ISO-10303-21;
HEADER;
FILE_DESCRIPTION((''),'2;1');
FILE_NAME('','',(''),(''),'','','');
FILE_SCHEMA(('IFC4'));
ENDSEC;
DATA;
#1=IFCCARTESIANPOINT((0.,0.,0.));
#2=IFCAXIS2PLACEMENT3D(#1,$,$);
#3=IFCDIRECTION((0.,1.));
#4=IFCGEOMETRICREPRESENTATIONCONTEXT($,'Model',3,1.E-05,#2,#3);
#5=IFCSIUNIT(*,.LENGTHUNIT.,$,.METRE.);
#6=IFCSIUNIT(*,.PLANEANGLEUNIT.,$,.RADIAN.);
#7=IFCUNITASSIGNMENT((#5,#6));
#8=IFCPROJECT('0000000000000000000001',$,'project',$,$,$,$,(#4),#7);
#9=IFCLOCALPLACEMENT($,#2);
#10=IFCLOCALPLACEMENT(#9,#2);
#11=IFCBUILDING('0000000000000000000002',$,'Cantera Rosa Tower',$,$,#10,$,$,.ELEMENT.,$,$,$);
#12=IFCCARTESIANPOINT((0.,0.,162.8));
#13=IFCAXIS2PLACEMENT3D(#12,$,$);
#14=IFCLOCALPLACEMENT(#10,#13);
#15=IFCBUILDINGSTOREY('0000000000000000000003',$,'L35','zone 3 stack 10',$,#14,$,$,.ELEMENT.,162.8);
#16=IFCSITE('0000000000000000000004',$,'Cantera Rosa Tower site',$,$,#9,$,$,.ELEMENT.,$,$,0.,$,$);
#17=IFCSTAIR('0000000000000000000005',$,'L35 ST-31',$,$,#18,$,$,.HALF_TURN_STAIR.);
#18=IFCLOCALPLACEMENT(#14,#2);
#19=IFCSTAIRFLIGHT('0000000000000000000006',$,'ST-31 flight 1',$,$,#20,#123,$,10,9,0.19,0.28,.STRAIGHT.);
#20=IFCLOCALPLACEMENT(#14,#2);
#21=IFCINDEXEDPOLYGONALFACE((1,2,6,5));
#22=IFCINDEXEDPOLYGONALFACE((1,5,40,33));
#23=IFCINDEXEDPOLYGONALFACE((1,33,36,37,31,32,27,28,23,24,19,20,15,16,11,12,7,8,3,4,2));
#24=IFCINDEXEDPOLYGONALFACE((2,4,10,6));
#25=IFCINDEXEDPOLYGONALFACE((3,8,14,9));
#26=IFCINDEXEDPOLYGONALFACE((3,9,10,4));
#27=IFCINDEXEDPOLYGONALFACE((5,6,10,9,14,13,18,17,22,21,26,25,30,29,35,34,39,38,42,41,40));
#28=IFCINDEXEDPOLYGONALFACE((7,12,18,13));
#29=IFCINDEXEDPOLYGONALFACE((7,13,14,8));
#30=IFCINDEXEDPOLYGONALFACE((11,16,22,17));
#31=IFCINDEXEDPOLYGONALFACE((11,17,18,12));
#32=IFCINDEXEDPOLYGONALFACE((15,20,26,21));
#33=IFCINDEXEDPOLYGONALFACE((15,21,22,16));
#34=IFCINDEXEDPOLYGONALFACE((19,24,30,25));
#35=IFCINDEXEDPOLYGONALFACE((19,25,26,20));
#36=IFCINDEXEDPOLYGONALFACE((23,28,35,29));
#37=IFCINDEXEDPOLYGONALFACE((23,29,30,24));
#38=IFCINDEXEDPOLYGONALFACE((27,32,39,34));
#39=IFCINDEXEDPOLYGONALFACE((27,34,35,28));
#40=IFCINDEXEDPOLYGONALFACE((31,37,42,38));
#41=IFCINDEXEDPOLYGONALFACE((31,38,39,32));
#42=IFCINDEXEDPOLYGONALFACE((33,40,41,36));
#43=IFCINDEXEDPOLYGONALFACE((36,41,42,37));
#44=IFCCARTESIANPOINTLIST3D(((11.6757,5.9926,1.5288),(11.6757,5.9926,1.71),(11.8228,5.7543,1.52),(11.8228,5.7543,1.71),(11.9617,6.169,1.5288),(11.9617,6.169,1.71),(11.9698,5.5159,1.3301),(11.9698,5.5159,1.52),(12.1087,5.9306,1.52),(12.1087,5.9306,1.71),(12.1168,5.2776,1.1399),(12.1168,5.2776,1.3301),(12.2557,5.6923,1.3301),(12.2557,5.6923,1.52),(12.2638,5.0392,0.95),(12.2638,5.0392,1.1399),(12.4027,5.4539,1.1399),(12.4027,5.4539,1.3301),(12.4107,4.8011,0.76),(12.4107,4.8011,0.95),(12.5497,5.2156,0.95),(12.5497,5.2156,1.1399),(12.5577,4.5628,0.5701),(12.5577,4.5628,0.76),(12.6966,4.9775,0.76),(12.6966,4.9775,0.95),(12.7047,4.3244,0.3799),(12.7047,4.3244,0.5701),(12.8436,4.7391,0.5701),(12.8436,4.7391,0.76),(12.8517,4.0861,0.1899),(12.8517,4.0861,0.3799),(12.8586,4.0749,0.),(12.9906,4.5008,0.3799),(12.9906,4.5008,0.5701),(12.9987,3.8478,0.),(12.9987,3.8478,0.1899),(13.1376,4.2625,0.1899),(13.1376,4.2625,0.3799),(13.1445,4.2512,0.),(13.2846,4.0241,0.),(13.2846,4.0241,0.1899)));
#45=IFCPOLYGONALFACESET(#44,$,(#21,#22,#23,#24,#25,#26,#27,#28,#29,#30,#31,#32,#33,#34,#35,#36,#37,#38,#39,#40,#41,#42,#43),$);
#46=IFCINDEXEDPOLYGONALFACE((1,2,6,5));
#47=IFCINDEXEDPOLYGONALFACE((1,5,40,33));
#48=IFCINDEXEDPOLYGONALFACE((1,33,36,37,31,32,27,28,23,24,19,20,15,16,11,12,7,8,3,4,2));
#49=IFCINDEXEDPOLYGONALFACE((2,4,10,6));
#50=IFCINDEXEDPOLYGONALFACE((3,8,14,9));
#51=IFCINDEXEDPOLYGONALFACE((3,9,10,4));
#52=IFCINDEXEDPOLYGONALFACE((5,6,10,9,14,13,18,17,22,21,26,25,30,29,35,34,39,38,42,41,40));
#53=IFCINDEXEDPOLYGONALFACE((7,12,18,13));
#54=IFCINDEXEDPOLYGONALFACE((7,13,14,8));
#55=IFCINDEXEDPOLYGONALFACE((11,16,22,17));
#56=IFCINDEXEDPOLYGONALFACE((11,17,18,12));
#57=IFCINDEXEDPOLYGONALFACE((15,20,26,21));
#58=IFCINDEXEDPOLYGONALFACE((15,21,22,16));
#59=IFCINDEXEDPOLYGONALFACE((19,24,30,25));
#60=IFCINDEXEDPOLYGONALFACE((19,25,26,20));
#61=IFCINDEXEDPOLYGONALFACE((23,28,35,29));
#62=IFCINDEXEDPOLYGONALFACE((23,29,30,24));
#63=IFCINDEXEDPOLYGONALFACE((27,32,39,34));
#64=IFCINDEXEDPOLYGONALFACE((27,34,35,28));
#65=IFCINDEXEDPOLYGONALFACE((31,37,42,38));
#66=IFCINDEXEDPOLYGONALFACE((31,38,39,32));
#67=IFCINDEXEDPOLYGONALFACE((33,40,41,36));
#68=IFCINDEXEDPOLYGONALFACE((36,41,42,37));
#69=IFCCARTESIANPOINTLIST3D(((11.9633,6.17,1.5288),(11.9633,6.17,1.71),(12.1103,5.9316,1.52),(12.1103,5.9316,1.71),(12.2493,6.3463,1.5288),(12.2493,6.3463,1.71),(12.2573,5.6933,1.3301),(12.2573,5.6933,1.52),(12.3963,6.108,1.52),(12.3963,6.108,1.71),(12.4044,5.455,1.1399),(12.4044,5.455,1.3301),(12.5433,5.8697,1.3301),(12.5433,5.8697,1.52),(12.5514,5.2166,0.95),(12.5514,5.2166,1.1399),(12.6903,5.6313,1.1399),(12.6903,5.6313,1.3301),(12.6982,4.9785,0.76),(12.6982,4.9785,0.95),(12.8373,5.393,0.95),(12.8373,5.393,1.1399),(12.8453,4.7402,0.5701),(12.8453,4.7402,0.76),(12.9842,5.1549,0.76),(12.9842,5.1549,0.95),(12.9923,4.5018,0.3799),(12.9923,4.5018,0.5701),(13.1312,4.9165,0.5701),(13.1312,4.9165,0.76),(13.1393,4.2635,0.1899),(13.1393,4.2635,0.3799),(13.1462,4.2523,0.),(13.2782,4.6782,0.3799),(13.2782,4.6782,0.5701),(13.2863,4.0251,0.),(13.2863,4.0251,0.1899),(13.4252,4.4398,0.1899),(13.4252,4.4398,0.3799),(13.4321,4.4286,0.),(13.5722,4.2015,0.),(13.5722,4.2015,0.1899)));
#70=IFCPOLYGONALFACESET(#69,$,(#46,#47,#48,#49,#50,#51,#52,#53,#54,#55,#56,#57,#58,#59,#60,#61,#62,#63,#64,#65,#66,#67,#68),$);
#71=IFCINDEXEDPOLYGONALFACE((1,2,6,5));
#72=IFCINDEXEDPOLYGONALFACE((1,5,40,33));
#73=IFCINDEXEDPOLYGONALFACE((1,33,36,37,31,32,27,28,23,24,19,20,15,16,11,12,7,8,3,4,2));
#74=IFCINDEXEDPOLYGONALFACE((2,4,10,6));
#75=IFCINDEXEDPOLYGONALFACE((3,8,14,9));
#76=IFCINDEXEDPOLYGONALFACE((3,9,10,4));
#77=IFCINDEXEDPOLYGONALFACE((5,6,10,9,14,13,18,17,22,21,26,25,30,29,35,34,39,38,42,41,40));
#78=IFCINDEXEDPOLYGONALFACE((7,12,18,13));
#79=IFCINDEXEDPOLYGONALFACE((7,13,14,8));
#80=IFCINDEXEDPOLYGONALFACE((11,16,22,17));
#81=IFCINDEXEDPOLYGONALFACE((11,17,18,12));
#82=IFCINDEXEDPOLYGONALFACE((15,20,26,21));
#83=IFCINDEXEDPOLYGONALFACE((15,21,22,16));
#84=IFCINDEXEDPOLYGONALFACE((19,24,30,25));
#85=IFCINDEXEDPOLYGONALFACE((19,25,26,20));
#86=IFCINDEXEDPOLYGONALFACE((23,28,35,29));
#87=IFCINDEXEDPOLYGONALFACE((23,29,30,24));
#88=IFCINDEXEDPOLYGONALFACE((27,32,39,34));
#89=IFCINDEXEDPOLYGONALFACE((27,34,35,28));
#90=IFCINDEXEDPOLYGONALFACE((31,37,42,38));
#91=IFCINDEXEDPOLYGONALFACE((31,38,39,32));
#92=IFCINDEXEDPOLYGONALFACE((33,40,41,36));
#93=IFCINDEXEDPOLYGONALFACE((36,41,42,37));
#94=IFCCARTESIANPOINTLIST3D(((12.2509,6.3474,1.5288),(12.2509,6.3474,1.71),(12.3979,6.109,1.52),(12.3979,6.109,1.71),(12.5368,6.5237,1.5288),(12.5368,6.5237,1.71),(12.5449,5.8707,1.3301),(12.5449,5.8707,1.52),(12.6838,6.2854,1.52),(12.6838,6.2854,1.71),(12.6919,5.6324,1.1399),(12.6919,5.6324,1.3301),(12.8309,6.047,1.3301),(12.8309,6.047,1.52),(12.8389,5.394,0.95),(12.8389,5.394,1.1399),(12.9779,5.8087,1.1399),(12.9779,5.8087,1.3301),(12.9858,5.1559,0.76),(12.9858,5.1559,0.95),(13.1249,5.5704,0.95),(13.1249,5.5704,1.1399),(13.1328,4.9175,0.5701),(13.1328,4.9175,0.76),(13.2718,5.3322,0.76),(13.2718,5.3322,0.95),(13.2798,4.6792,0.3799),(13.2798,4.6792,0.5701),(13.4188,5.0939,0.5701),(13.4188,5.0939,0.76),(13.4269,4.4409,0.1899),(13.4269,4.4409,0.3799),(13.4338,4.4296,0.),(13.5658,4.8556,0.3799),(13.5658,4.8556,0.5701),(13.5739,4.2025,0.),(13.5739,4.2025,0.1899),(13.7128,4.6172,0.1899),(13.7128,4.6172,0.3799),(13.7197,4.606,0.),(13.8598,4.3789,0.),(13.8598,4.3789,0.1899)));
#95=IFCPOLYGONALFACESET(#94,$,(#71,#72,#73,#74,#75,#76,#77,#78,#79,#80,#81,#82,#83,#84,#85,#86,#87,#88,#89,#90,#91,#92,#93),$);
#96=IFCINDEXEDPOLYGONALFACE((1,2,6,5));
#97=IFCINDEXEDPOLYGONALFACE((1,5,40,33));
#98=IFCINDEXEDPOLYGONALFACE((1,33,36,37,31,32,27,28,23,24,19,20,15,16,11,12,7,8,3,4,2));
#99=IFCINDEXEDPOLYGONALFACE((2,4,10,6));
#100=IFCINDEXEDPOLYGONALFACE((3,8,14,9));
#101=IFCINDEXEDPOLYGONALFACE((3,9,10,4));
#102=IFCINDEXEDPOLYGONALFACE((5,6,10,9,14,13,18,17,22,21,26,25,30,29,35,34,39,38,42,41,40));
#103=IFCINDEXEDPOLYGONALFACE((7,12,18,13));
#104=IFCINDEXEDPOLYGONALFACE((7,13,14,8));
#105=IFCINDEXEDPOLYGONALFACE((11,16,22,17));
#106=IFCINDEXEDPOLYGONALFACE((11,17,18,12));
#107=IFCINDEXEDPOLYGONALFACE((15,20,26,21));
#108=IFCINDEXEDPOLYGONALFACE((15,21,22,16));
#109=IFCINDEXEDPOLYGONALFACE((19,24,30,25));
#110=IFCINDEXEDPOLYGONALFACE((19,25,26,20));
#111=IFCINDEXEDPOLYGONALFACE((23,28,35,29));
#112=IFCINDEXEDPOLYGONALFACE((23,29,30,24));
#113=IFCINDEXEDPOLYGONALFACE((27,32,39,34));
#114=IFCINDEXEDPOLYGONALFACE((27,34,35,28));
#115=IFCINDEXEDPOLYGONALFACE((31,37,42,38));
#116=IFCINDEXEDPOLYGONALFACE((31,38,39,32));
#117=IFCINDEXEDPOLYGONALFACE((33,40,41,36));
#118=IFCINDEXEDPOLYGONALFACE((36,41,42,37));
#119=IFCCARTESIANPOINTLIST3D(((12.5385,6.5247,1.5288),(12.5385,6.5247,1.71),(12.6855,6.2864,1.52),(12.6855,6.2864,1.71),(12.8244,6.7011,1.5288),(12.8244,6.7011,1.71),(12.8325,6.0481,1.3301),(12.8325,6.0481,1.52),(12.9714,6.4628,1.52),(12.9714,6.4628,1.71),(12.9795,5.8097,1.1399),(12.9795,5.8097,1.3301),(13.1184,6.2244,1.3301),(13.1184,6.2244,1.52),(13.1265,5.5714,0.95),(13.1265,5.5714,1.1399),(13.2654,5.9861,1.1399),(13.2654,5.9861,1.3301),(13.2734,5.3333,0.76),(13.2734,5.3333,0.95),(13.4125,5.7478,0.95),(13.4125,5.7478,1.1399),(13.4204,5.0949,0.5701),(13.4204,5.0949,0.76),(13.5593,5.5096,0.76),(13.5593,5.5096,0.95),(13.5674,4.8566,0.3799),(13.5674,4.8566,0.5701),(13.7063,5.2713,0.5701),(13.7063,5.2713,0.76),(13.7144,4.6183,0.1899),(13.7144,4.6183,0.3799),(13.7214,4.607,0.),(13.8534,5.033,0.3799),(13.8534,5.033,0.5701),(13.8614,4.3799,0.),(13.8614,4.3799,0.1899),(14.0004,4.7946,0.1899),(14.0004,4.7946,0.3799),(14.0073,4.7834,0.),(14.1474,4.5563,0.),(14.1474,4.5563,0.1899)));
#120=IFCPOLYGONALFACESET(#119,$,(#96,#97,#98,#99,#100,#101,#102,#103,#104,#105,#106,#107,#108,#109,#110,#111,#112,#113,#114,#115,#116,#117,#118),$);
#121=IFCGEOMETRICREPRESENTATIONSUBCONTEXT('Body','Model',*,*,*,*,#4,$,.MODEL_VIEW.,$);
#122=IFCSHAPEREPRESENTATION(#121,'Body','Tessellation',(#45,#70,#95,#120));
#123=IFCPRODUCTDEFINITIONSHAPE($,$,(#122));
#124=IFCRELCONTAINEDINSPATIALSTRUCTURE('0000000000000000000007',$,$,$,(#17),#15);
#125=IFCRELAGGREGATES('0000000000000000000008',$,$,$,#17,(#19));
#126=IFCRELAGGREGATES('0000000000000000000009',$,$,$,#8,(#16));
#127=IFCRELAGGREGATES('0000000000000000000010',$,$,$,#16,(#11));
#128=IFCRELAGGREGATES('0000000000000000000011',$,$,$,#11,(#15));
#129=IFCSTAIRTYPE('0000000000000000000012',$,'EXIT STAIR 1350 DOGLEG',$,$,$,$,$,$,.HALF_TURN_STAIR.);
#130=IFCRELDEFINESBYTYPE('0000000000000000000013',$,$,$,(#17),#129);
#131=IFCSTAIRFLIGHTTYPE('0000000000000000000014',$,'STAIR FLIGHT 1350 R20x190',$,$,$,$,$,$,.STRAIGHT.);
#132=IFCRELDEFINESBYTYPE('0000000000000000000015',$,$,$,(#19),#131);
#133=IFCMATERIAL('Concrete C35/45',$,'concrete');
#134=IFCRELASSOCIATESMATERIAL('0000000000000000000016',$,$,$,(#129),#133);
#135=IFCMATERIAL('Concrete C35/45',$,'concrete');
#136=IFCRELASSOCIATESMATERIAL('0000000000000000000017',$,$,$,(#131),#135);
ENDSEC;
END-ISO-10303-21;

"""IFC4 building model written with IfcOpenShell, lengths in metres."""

from ifc_helpers import new_model, si_unit, direction, frame, origin, place, context, subcontext, project, spatial, polyline, outline, extrude, material, type_object, element, aggregate, save


model = new_model("IFC4")

# Units and contexts
model_context = context("Model", 3, precision=1e-05, world=origin(), true_north=direction((0.0, 1.0)))
body_context = subcontext(model_context, "Body", "Model", "MODEL_VIEW")
ifc_project = project(units=[si_unit("LENGTHUNIT", "METRE"), si_unit("PLANEANGLEUNIT", "RADIAN")], contexts=[model_context])

# Site, building, storey
site_placement = place(None, origin())
site = spatial("IfcSite", under=ifc_project, at=site_placement, Name="Cantera Rosa Tower site", CompositionType="ELEMENT", RefElevation=0.0)
building_placement = place(site_placement, origin())
building = spatial("IfcBuilding", under=site, at=building_placement, Name="Cantera Rosa Tower", CompositionType="ELEMENT")
storey_placement = place(building_placement, frame((0.0, 0.0, 162.8)))
storey = spatial("IfcBuildingStorey", under=building, at=storey_placement, Name="L35", Description="zone 3 stack 10", CompositionType="ELEMENT", Elevation=162.8)

# Stair, stair flight
ifc_material_1 = material(Name="Concrete C35/45", Category="concrete")
stair_type = type_object("IfcStairType", Name="EXIT STAIR 1350 DOGLEG", PredefinedType="HALF_TURN_STAIR", material=ifc_material_1)
stair_1_placement = place(storey_placement, origin())
stair_1 = element("IfcStair", 1, at=stair_1_placement, inside=storey, type_object=stair_type, Name="L35 ST-31", PredefinedType="HALF_TURN_STAIR")
ifc_material_2 = material(Name="Concrete C35/45", Category="concrete")
stair_flight_type = type_object("IfcStairFlightType", Name="STAIR FLIGHT 1350 R20x190", PredefinedType="STRAIGHT", material=ifc_material_2)
stair_flight_1_placement = place(storey_placement, frame((13.5732, 4.2021, 0.0), z_axis=(0.0, 0.0, 1.0), x_axis=(-0.524977, 0.851117, 0.0)))
stair_flight_1 = element("IfcStairFlight", 2, at=stair_flight_1_placement, type_object=stair_flight_type, Name="ST-31 flight 1", NumberOfRisers=10, NumberOfTreads=9, PredefinedType="STRAIGHT", RiserHeight=0.19, TreadLength=0.28, context=body_context, shape_type="SweptSolid", body=[
    extrude(outline(polyline([(0.0, 0.0), (0.0, 0.1899), (0.28, 0.1899), (0.28, 0.3799), (0.5601, 0.3799), (0.5601, 0.5701), (0.8401, 0.5701), (0.8401, 0.76), (1.1201, 0.76), (1.1201, 0.95), (1.3999, 0.95), (1.3999, 1.1399), (1.6799, 1.1399), (1.6799, 1.3301), (1.96, 1.3301), (1.96, 1.52), (2.24, 1.52), (2.24, 1.71), (2.52, 1.71), (2.52, 1.8999), (2.52, 1.5288), (0.2668, 0.0), (0.0, 0.0)])), frame((0.0, 0.675, 0.0), z_axis=(0.0, -1.0, 0.0), x_axis=(1.0, 0.0, 0.0)), (0.0, 0.0, 1.0), 0.3359),
    extrude(outline(polyline([(0.0, 0.0), (0.0, 0.1899), (0.28, 0.1899), (0.28, 0.3799), (0.5601, 0.3799), (0.5601, 0.5701), (0.8401, 0.5701), (0.8401, 0.76), (1.1201, 0.76), (1.1201, 0.95), (1.3999, 0.95), (1.3999, 1.1399), (1.6799, 1.1399), (1.6799, 1.3301), (1.96, 1.3301), (1.96, 1.52), (2.24, 1.52), (2.24, 1.71), (2.52, 1.71), (2.52, 1.8999), (2.52, 1.5288), (0.2668, 0.0), (0.0, 0.0)])), frame((0.0, 0.3372, 0.0), z_axis=(0.0, -1.0, 0.0), x_axis=(1.0, 0.0, 0.0)), (0.0, 0.0, 1.0), 0.3359),
    extrude(outline(polyline([(0.0, 0.0), (0.0, 0.1899), (0.28, 0.1899), (0.28, 0.3799), (0.5601, 0.3799), (0.5601, 0.5701), (0.8401, 0.5701), (0.8401, 0.76), (1.1201, 0.76), (1.1201, 0.95), (1.3999, 0.95), (1.3999, 1.1399), (1.6799, 1.1399), (1.6799, 1.3301), (1.96, 1.3301), (1.96, 1.52), (2.24, 1.52), (2.24, 1.71), (2.52, 1.71), (2.52, 1.8999), (2.52, 1.5288), (0.2668, 0.0), (0.0, 0.0)])), frame((0.0, -0.0007, 0.0), z_axis=(0.0, -1.0, 0.0), x_axis=(1.0, 0.0, 0.0)), (0.0, 0.0, 1.0), 0.3359),
    extrude(outline(polyline([(0.0, 0.0), (0.0, 0.1899), (0.28, 0.1899), (0.28, 0.3799), (0.5601, 0.3799), (0.5601, 0.5701), (0.8401, 0.5701), (0.8401, 0.76), (1.1201, 0.76), (1.1201, 0.95), (1.3999, 0.95), (1.3999, 1.1399), (1.6799, 1.1399), (1.6799, 1.3301), (1.96, 1.3301), (1.96, 1.52), (2.24, 1.52), (2.24, 1.71), (2.52, 1.71), (2.52, 1.8999), (2.52, 1.5288), (0.2668, 0.0), (0.0, 0.0)])), frame((0.0, -0.3386, 0.0), z_axis=(0.0, -1.0, 0.0), x_axis=(1.0, 0.0, 0.0)), (0.0, 0.0, 1.0), 0.3359),
])
aggregate(stair_1, [stair_flight_1])

save(model, "model.ifc")
